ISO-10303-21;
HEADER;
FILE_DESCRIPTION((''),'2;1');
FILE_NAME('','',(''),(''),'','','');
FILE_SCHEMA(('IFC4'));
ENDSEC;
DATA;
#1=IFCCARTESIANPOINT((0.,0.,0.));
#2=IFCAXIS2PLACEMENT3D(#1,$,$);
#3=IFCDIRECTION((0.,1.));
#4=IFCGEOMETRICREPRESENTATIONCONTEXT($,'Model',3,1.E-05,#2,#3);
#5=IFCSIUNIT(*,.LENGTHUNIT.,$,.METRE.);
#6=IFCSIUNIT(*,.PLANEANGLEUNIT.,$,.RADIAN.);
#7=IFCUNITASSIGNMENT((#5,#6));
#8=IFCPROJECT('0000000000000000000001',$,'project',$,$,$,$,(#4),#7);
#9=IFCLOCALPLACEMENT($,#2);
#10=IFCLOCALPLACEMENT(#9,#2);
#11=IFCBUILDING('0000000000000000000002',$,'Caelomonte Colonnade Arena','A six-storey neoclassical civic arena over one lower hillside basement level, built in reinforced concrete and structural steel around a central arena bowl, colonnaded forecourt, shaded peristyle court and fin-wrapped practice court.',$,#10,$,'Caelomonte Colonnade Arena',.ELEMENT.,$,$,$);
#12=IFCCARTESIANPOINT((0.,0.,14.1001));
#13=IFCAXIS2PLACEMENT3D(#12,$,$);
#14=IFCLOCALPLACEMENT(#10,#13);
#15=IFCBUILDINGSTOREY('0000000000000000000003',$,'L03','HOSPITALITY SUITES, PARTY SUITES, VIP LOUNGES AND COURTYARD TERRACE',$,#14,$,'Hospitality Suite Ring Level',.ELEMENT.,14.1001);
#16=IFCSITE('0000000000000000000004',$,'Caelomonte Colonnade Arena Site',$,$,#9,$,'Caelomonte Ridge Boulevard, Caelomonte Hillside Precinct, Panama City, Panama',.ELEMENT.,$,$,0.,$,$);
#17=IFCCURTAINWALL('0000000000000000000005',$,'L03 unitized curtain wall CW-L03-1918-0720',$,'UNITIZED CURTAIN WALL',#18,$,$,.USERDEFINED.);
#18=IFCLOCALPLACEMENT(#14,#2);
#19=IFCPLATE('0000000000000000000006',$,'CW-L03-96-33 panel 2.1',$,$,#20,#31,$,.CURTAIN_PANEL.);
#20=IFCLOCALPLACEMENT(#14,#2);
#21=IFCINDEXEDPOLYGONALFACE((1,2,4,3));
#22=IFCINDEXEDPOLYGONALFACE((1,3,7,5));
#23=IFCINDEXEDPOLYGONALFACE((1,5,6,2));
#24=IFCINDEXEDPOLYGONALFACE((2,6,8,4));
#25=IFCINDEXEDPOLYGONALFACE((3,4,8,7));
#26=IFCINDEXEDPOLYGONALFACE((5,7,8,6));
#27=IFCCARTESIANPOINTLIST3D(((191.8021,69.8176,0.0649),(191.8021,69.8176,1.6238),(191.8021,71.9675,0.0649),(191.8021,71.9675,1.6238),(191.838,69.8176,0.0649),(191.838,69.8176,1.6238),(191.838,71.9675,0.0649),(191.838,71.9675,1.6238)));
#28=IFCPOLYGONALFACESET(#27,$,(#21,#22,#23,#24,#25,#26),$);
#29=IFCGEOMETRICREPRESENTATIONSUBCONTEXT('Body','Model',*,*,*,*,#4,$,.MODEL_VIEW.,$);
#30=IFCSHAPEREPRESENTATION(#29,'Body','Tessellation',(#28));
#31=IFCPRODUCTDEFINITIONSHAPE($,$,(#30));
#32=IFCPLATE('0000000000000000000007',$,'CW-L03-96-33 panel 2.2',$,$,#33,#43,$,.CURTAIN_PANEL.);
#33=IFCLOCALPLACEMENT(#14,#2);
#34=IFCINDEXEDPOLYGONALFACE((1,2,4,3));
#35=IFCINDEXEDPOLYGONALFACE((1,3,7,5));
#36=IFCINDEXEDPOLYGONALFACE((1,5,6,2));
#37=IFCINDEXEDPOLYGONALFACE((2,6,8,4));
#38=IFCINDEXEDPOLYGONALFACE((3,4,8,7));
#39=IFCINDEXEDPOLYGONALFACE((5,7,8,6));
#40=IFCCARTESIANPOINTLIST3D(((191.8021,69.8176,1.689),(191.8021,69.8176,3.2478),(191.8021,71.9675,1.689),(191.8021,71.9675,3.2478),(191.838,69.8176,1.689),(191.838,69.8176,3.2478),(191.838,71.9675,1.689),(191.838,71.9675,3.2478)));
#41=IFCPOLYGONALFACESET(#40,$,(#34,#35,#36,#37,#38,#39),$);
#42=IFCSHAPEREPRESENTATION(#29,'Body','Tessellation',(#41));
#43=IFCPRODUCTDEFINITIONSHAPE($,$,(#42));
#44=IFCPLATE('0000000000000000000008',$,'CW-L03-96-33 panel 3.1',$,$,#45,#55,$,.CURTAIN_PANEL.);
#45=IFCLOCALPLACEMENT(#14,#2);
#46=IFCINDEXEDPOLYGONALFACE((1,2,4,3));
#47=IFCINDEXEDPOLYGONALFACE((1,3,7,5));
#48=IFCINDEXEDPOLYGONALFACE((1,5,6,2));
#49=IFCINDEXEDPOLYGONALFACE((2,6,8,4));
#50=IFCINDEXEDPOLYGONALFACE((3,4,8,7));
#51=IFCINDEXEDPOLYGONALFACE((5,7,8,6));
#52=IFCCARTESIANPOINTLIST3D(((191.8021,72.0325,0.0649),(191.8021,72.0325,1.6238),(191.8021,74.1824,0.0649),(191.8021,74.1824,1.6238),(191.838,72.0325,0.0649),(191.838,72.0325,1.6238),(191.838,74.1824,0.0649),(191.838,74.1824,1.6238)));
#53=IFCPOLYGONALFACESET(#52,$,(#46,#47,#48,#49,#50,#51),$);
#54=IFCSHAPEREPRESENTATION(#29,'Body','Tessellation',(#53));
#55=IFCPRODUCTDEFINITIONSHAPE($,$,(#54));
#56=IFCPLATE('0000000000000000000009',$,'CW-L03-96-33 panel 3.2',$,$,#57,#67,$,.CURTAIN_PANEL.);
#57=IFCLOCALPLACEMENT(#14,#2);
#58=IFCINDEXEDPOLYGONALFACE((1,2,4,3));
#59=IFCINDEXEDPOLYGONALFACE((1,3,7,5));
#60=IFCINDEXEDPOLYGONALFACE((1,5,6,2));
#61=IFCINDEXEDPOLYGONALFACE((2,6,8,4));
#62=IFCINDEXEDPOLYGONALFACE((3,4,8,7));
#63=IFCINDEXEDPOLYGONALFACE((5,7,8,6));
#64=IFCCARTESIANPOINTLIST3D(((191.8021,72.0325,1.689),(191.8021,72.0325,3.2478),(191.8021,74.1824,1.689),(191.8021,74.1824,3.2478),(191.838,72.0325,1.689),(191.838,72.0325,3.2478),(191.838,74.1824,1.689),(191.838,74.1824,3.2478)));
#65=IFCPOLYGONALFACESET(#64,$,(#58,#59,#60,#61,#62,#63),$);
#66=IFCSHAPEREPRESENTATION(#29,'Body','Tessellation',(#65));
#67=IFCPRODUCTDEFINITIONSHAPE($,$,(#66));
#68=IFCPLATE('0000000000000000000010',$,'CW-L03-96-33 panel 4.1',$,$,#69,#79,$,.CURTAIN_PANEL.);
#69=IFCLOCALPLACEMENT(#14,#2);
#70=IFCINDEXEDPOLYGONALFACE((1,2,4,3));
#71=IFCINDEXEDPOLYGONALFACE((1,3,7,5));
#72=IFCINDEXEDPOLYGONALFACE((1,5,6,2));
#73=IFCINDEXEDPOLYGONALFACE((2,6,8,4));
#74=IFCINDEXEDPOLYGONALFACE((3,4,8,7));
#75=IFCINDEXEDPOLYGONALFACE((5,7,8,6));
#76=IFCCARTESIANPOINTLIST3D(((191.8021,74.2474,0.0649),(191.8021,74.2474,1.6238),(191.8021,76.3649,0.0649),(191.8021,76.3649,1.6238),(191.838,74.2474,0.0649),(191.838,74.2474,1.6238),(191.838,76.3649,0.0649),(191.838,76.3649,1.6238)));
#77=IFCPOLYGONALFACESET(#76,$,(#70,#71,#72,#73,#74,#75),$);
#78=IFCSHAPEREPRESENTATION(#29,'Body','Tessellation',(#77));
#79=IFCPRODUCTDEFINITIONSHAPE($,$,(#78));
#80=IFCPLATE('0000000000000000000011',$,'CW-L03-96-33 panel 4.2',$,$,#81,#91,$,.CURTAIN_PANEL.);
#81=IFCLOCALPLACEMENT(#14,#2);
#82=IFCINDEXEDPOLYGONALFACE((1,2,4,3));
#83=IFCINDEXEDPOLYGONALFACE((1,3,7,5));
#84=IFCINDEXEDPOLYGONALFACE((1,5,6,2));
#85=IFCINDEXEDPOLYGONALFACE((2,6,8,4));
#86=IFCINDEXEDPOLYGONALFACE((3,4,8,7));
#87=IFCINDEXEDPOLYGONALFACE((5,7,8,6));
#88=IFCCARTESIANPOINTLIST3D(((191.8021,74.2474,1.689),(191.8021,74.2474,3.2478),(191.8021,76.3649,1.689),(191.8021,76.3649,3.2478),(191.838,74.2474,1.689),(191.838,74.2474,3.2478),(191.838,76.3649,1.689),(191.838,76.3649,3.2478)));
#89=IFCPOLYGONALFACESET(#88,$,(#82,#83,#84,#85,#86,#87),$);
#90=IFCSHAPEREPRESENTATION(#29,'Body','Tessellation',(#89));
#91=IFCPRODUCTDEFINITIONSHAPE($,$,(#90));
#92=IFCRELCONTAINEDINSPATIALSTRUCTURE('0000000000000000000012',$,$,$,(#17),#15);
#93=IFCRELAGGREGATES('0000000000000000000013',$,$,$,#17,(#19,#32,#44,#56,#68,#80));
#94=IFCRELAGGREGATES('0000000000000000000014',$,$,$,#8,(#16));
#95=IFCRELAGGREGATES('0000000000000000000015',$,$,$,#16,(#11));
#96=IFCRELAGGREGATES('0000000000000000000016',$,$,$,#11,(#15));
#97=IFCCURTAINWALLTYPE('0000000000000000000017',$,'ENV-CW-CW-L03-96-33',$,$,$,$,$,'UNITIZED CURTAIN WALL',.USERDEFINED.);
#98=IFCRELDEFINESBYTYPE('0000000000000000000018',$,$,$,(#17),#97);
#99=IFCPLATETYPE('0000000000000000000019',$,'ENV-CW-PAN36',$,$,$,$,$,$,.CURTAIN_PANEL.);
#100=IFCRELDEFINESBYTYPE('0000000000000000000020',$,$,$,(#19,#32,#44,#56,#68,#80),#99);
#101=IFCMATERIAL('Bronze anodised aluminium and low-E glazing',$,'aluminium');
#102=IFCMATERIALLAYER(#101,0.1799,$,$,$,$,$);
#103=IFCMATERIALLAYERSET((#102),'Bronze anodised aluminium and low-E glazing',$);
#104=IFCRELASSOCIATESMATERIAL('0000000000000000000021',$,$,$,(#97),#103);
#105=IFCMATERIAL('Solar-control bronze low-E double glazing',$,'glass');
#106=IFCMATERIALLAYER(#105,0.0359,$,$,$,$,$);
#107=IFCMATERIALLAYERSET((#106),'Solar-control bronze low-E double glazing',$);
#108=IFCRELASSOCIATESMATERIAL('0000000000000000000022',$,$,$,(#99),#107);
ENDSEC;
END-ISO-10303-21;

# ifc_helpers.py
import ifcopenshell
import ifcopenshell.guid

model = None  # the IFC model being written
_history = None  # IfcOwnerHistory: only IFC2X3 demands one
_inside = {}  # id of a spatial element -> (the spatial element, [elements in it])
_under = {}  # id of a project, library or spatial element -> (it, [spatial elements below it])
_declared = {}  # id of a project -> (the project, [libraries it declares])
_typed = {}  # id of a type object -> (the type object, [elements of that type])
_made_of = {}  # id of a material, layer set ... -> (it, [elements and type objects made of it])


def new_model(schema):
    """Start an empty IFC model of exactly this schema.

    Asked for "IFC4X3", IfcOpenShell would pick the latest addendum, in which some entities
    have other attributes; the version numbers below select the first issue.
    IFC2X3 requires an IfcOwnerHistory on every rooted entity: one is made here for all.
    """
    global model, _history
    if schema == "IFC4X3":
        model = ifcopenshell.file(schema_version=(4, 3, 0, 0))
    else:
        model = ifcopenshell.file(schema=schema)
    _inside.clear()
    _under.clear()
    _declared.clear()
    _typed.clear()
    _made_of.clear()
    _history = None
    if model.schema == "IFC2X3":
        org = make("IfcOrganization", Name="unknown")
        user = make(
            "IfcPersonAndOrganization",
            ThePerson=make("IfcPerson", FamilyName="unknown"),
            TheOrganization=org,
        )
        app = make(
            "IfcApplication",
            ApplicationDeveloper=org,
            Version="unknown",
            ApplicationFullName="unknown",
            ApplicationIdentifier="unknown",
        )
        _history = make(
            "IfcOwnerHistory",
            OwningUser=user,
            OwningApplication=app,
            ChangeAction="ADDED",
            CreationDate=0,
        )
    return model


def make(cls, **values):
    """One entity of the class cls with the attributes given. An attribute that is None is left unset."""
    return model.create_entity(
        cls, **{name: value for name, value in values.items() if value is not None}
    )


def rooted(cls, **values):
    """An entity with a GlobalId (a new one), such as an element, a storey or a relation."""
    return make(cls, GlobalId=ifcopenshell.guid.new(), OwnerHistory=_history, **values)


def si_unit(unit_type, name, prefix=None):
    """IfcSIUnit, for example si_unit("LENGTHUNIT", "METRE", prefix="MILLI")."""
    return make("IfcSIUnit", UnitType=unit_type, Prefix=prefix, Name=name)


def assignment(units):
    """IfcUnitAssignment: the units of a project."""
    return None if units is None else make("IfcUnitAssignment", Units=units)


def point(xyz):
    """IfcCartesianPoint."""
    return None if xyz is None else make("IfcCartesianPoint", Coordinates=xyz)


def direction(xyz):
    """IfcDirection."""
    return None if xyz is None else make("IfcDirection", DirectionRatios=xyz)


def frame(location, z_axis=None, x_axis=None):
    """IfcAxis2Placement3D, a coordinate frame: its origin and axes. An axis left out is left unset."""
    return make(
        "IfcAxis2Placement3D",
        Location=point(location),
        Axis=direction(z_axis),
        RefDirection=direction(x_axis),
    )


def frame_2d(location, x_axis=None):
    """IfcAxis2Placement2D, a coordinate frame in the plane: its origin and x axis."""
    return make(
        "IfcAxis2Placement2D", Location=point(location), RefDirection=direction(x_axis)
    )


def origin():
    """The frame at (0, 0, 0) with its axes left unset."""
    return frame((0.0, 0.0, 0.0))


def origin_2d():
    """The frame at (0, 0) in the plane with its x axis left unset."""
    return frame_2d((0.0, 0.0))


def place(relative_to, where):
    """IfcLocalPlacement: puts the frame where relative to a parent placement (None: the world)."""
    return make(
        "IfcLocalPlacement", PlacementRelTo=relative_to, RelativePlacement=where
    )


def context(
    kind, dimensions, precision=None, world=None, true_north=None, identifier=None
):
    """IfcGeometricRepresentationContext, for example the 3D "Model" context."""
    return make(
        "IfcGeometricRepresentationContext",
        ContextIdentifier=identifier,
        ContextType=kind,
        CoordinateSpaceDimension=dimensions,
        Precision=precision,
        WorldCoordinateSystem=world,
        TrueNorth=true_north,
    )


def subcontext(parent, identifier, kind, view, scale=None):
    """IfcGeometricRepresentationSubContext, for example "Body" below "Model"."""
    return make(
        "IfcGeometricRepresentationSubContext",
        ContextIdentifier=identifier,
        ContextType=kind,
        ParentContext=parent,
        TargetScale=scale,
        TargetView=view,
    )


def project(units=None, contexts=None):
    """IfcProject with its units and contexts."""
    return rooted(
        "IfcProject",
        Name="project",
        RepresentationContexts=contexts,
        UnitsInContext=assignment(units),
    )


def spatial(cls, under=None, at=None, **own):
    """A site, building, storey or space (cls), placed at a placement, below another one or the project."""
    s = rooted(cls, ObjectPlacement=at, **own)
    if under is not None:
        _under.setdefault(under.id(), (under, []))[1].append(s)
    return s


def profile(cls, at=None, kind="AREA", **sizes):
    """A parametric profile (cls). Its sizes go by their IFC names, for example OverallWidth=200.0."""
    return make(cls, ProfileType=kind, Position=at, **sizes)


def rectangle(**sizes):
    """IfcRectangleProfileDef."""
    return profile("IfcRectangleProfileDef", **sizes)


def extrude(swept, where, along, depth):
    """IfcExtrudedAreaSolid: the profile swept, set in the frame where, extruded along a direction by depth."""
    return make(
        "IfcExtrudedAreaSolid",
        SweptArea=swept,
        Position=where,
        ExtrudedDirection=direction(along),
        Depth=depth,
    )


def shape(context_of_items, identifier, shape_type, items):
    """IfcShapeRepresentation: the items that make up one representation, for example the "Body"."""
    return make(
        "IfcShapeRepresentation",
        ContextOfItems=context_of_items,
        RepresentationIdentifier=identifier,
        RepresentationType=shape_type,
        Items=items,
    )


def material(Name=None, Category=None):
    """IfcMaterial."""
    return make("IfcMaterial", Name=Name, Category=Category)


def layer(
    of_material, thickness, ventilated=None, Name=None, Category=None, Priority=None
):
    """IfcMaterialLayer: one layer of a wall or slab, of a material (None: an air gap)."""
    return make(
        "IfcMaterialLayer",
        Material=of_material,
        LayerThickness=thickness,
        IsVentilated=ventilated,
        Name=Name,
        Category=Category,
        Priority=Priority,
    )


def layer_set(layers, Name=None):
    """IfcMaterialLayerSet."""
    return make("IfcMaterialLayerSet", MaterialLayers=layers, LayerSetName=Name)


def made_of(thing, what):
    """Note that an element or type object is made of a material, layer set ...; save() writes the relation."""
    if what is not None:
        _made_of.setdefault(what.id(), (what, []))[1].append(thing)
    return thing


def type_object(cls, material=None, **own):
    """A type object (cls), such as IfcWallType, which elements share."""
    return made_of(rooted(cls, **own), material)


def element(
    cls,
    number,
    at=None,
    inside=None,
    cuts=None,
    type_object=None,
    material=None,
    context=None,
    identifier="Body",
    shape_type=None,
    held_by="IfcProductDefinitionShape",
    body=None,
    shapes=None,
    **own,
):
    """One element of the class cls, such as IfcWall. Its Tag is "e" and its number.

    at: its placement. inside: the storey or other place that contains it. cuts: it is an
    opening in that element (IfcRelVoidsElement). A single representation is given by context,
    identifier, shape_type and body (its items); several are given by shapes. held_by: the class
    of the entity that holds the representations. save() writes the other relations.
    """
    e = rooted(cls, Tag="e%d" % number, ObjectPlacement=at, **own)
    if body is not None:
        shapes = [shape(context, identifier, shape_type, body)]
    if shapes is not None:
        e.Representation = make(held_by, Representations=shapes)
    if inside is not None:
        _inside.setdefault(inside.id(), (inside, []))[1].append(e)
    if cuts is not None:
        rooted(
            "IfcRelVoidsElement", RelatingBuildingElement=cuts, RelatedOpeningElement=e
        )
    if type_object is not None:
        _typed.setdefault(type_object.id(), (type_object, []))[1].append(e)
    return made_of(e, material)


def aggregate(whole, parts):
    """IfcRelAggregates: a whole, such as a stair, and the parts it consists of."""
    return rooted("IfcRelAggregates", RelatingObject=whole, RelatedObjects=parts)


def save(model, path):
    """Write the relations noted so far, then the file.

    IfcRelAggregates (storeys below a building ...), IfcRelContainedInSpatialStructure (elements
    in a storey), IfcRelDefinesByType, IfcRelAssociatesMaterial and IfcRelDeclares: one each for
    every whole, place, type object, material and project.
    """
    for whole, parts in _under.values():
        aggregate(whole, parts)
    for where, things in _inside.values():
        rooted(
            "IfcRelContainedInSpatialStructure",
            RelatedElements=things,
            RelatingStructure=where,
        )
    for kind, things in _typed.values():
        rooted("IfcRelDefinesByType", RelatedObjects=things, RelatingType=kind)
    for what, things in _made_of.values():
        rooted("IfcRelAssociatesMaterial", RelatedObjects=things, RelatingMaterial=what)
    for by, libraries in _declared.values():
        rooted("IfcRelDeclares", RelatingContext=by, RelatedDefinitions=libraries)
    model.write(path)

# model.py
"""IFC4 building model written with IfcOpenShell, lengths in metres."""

from ifc_helpers import new_model, si_unit, direction, frame, origin, origin_2d, place, context, subcontext, project, spatial, rectangle, extrude, material, layer, layer_set, type_object, element, aggregate, save


model = new_model("IFC4")

# Units and contexts
model_context = context("Model", 3, precision=1e-05, world=origin(), true_north=direction((0.0, 1.0)))
body_context = subcontext(model_context, "Body", "Model", "MODEL_VIEW")
ifc_project = project(units=[si_unit("LENGTHUNIT", "METRE"), si_unit("PLANEANGLEUNIT", "RADIAN")], contexts=[model_context])

# Site, building, storey
site_placement = place(None, origin())
site = spatial("IfcSite", under=ifc_project, at=site_placement, Name="Caelomonte Colonnade Arena Site", LongName="Caelomonte Ridge Boulevard, Caelomonte Hillside Precinct, Panama City, Panama", CompositionType="ELEMENT", RefElevation=0.0)
building_placement = place(site_placement, origin())
building = spatial("IfcBuilding", under=site, at=building_placement, Name="Caelomonte Colonnade Arena", Description="A six-storey neoclassical civic arena over one lower hillside basement level, built in reinforced concrete and structural steel around a central arena bowl, colonnaded forecourt, shaded peristyle court and fin-wrapped practice court.", LongName="Caelomonte Colonnade Arena", CompositionType="ELEMENT")
storey_placement = place(building_placement, frame((0.0, 0.0, 14.1001)))
storey = spatial("IfcBuildingStorey", under=building, at=storey_placement, Name="L03", Description="HOSPITALITY SUITES, PARTY SUITES, VIP LOUNGES AND COURTYARD TERRACE", LongName="Hospitality Suite Ring Level", CompositionType="ELEMENT", Elevation=14.1001)

# Curtain wall, plates
ifc_material_1 = material(Name="Bronze anodised aluminium and low-E glazing", Category="aluminium")
ifc_layer_1 = layer(ifc_material_1, 0.1799)
ifc_layer_set_1 = layer_set([ifc_layer_1], Name="Bronze anodised aluminium and low-E glazing")
curtain_wall_type = type_object("IfcCurtainWallType", Name="ENV-CW-CW-L03-96-33", ElementType="UNITIZED CURTAIN WALL", PredefinedType="USERDEFINED", material=ifc_layer_set_1)
curtain_wall_placement = place(storey_placement, origin())
curtain_wall = element("IfcCurtainWall", 1, at=curtain_wall_placement, inside=storey, type_object=curtain_wall_type, Name="L03 unitized curtain wall CW-L03-1918-0720", ObjectType="UNITIZED CURTAIN WALL", PredefinedType="USERDEFINED")
ifc_material_2 = material(Name="Solar-control bronze low-E double glazing", Category="glass")
ifc_layer_2 = layer(ifc_material_2, 0.0359)
ifc_layer_set_2 = layer_set([ifc_layer_2], Name="Solar-control bronze low-E double glazing")
plate_type = type_object("IfcPlateType", Name="ENV-CW-PAN36", PredefinedType="CURTAIN_PANEL", material=ifc_layer_set_2)
plate_1_placement = place(storey_placement, frame((191.8201, 70.8926, 0.0649), z_axis=(0.0, 0.0, 1.0), x_axis=(0.0, 1.0, 0.0)))
plate_1 = element("IfcPlate", 2, at=plate_1_placement, type_object=plate_type, Name="CW-L03-96-33 panel 2.1", PredefinedType="CURTAIN_PANEL", context=body_context, shape_type="SweptSolid", body=[
    extrude(rectangle(XDim=2.1499, YDim=0.0359, at=origin_2d()), origin(), (0.0, 0.0, 1.0), 1.5588),
])
plate_2_placement = place(storey_placement, frame((191.8201, 70.8926, 1.689), z_axis=(0.0, 0.0, 1.0), x_axis=(0.0, 1.0, 0.0)))
plate_2 = element("IfcPlate", 3, at=plate_2_placement, type_object=plate_type, Name="CW-L03-96-33 panel 2.2", PredefinedType="CURTAIN_PANEL", context=body_context, shape_type="SweptSolid", body=[
    extrude(rectangle(XDim=2.1499, YDim=0.0359, at=origin_2d()), origin(), (0.0, 0.0, 1.0), 1.5588),
])
plate_3_placement = place(storey_placement, frame((191.8201, 73.1074, 0.0649), z_axis=(0.0, 0.0, 1.0), x_axis=(0.0, 1.0, 0.0)))
plate_3 = element("IfcPlate", 4, at=plate_3_placement, type_object=plate_type, Name="CW-L03-96-33 panel 3.1", PredefinedType="CURTAIN_PANEL", context=body_context, shape_type="SweptSolid", body=[
    extrude(rectangle(XDim=2.1499, YDim=0.0359, at=origin_2d()), origin(), (0.0, 0.0, 1.0), 1.5588),
])
plate_4_placement = place(storey_placement, frame((191.8201, 73.1074, 1.689), z_axis=(0.0, 0.0, 1.0), x_axis=(0.0, 1.0, 0.0)))
plate_4 = element("IfcPlate", 5, at=plate_4_placement, type_object=plate_type, Name="CW-L03-96-33 panel 3.2", PredefinedType="CURTAIN_PANEL", context=body_context, shape_type="SweptSolid", body=[
    extrude(rectangle(XDim=2.1499, YDim=0.0359, at=origin_2d()), origin(), (0.0, 0.0, 1.0), 1.5588),
])
plate_5_placement = place(storey_placement, frame((191.8201, 75.3062, 0.0649), z_axis=(0.0, 0.0, 1.0), x_axis=(0.0, 1.0, 0.0)))
plate_5 = element("IfcPlate", 6, at=plate_5_placement, type_object=plate_type, Name="CW-L03-96-33 panel 4.1", PredefinedType="CURTAIN_PANEL", context=body_context, shape_type="SweptSolid", body=[
    extrude(rectangle(XDim=2.1174, YDim=0.0359, at=origin_2d()), origin(), (0.0, 0.0, 1.0), 1.5588),
])
plate_6_placement = place(storey_placement, frame((191.8201, 75.3062, 1.689), z_axis=(0.0, 0.0, 1.0), x_axis=(0.0, 1.0, 0.0)))
plate_6 = element("IfcPlate", 7, at=plate_6_placement, type_object=plate_type, Name="CW-L03-96-33 panel 4.2", PredefinedType="CURTAIN_PANEL", context=body_context, shape_type="SweptSolid", body=[
    extrude(rectangle(XDim=2.1174, YDim=0.0359, at=origin_2d()), origin(), (0.0, 0.0, 1.0), 1.5588),
])
aggregate(curtain_wall, [plate_1, plate_2, plate_3, plate_4, plate_5, plate_6])

save(model, "model.ifc")
